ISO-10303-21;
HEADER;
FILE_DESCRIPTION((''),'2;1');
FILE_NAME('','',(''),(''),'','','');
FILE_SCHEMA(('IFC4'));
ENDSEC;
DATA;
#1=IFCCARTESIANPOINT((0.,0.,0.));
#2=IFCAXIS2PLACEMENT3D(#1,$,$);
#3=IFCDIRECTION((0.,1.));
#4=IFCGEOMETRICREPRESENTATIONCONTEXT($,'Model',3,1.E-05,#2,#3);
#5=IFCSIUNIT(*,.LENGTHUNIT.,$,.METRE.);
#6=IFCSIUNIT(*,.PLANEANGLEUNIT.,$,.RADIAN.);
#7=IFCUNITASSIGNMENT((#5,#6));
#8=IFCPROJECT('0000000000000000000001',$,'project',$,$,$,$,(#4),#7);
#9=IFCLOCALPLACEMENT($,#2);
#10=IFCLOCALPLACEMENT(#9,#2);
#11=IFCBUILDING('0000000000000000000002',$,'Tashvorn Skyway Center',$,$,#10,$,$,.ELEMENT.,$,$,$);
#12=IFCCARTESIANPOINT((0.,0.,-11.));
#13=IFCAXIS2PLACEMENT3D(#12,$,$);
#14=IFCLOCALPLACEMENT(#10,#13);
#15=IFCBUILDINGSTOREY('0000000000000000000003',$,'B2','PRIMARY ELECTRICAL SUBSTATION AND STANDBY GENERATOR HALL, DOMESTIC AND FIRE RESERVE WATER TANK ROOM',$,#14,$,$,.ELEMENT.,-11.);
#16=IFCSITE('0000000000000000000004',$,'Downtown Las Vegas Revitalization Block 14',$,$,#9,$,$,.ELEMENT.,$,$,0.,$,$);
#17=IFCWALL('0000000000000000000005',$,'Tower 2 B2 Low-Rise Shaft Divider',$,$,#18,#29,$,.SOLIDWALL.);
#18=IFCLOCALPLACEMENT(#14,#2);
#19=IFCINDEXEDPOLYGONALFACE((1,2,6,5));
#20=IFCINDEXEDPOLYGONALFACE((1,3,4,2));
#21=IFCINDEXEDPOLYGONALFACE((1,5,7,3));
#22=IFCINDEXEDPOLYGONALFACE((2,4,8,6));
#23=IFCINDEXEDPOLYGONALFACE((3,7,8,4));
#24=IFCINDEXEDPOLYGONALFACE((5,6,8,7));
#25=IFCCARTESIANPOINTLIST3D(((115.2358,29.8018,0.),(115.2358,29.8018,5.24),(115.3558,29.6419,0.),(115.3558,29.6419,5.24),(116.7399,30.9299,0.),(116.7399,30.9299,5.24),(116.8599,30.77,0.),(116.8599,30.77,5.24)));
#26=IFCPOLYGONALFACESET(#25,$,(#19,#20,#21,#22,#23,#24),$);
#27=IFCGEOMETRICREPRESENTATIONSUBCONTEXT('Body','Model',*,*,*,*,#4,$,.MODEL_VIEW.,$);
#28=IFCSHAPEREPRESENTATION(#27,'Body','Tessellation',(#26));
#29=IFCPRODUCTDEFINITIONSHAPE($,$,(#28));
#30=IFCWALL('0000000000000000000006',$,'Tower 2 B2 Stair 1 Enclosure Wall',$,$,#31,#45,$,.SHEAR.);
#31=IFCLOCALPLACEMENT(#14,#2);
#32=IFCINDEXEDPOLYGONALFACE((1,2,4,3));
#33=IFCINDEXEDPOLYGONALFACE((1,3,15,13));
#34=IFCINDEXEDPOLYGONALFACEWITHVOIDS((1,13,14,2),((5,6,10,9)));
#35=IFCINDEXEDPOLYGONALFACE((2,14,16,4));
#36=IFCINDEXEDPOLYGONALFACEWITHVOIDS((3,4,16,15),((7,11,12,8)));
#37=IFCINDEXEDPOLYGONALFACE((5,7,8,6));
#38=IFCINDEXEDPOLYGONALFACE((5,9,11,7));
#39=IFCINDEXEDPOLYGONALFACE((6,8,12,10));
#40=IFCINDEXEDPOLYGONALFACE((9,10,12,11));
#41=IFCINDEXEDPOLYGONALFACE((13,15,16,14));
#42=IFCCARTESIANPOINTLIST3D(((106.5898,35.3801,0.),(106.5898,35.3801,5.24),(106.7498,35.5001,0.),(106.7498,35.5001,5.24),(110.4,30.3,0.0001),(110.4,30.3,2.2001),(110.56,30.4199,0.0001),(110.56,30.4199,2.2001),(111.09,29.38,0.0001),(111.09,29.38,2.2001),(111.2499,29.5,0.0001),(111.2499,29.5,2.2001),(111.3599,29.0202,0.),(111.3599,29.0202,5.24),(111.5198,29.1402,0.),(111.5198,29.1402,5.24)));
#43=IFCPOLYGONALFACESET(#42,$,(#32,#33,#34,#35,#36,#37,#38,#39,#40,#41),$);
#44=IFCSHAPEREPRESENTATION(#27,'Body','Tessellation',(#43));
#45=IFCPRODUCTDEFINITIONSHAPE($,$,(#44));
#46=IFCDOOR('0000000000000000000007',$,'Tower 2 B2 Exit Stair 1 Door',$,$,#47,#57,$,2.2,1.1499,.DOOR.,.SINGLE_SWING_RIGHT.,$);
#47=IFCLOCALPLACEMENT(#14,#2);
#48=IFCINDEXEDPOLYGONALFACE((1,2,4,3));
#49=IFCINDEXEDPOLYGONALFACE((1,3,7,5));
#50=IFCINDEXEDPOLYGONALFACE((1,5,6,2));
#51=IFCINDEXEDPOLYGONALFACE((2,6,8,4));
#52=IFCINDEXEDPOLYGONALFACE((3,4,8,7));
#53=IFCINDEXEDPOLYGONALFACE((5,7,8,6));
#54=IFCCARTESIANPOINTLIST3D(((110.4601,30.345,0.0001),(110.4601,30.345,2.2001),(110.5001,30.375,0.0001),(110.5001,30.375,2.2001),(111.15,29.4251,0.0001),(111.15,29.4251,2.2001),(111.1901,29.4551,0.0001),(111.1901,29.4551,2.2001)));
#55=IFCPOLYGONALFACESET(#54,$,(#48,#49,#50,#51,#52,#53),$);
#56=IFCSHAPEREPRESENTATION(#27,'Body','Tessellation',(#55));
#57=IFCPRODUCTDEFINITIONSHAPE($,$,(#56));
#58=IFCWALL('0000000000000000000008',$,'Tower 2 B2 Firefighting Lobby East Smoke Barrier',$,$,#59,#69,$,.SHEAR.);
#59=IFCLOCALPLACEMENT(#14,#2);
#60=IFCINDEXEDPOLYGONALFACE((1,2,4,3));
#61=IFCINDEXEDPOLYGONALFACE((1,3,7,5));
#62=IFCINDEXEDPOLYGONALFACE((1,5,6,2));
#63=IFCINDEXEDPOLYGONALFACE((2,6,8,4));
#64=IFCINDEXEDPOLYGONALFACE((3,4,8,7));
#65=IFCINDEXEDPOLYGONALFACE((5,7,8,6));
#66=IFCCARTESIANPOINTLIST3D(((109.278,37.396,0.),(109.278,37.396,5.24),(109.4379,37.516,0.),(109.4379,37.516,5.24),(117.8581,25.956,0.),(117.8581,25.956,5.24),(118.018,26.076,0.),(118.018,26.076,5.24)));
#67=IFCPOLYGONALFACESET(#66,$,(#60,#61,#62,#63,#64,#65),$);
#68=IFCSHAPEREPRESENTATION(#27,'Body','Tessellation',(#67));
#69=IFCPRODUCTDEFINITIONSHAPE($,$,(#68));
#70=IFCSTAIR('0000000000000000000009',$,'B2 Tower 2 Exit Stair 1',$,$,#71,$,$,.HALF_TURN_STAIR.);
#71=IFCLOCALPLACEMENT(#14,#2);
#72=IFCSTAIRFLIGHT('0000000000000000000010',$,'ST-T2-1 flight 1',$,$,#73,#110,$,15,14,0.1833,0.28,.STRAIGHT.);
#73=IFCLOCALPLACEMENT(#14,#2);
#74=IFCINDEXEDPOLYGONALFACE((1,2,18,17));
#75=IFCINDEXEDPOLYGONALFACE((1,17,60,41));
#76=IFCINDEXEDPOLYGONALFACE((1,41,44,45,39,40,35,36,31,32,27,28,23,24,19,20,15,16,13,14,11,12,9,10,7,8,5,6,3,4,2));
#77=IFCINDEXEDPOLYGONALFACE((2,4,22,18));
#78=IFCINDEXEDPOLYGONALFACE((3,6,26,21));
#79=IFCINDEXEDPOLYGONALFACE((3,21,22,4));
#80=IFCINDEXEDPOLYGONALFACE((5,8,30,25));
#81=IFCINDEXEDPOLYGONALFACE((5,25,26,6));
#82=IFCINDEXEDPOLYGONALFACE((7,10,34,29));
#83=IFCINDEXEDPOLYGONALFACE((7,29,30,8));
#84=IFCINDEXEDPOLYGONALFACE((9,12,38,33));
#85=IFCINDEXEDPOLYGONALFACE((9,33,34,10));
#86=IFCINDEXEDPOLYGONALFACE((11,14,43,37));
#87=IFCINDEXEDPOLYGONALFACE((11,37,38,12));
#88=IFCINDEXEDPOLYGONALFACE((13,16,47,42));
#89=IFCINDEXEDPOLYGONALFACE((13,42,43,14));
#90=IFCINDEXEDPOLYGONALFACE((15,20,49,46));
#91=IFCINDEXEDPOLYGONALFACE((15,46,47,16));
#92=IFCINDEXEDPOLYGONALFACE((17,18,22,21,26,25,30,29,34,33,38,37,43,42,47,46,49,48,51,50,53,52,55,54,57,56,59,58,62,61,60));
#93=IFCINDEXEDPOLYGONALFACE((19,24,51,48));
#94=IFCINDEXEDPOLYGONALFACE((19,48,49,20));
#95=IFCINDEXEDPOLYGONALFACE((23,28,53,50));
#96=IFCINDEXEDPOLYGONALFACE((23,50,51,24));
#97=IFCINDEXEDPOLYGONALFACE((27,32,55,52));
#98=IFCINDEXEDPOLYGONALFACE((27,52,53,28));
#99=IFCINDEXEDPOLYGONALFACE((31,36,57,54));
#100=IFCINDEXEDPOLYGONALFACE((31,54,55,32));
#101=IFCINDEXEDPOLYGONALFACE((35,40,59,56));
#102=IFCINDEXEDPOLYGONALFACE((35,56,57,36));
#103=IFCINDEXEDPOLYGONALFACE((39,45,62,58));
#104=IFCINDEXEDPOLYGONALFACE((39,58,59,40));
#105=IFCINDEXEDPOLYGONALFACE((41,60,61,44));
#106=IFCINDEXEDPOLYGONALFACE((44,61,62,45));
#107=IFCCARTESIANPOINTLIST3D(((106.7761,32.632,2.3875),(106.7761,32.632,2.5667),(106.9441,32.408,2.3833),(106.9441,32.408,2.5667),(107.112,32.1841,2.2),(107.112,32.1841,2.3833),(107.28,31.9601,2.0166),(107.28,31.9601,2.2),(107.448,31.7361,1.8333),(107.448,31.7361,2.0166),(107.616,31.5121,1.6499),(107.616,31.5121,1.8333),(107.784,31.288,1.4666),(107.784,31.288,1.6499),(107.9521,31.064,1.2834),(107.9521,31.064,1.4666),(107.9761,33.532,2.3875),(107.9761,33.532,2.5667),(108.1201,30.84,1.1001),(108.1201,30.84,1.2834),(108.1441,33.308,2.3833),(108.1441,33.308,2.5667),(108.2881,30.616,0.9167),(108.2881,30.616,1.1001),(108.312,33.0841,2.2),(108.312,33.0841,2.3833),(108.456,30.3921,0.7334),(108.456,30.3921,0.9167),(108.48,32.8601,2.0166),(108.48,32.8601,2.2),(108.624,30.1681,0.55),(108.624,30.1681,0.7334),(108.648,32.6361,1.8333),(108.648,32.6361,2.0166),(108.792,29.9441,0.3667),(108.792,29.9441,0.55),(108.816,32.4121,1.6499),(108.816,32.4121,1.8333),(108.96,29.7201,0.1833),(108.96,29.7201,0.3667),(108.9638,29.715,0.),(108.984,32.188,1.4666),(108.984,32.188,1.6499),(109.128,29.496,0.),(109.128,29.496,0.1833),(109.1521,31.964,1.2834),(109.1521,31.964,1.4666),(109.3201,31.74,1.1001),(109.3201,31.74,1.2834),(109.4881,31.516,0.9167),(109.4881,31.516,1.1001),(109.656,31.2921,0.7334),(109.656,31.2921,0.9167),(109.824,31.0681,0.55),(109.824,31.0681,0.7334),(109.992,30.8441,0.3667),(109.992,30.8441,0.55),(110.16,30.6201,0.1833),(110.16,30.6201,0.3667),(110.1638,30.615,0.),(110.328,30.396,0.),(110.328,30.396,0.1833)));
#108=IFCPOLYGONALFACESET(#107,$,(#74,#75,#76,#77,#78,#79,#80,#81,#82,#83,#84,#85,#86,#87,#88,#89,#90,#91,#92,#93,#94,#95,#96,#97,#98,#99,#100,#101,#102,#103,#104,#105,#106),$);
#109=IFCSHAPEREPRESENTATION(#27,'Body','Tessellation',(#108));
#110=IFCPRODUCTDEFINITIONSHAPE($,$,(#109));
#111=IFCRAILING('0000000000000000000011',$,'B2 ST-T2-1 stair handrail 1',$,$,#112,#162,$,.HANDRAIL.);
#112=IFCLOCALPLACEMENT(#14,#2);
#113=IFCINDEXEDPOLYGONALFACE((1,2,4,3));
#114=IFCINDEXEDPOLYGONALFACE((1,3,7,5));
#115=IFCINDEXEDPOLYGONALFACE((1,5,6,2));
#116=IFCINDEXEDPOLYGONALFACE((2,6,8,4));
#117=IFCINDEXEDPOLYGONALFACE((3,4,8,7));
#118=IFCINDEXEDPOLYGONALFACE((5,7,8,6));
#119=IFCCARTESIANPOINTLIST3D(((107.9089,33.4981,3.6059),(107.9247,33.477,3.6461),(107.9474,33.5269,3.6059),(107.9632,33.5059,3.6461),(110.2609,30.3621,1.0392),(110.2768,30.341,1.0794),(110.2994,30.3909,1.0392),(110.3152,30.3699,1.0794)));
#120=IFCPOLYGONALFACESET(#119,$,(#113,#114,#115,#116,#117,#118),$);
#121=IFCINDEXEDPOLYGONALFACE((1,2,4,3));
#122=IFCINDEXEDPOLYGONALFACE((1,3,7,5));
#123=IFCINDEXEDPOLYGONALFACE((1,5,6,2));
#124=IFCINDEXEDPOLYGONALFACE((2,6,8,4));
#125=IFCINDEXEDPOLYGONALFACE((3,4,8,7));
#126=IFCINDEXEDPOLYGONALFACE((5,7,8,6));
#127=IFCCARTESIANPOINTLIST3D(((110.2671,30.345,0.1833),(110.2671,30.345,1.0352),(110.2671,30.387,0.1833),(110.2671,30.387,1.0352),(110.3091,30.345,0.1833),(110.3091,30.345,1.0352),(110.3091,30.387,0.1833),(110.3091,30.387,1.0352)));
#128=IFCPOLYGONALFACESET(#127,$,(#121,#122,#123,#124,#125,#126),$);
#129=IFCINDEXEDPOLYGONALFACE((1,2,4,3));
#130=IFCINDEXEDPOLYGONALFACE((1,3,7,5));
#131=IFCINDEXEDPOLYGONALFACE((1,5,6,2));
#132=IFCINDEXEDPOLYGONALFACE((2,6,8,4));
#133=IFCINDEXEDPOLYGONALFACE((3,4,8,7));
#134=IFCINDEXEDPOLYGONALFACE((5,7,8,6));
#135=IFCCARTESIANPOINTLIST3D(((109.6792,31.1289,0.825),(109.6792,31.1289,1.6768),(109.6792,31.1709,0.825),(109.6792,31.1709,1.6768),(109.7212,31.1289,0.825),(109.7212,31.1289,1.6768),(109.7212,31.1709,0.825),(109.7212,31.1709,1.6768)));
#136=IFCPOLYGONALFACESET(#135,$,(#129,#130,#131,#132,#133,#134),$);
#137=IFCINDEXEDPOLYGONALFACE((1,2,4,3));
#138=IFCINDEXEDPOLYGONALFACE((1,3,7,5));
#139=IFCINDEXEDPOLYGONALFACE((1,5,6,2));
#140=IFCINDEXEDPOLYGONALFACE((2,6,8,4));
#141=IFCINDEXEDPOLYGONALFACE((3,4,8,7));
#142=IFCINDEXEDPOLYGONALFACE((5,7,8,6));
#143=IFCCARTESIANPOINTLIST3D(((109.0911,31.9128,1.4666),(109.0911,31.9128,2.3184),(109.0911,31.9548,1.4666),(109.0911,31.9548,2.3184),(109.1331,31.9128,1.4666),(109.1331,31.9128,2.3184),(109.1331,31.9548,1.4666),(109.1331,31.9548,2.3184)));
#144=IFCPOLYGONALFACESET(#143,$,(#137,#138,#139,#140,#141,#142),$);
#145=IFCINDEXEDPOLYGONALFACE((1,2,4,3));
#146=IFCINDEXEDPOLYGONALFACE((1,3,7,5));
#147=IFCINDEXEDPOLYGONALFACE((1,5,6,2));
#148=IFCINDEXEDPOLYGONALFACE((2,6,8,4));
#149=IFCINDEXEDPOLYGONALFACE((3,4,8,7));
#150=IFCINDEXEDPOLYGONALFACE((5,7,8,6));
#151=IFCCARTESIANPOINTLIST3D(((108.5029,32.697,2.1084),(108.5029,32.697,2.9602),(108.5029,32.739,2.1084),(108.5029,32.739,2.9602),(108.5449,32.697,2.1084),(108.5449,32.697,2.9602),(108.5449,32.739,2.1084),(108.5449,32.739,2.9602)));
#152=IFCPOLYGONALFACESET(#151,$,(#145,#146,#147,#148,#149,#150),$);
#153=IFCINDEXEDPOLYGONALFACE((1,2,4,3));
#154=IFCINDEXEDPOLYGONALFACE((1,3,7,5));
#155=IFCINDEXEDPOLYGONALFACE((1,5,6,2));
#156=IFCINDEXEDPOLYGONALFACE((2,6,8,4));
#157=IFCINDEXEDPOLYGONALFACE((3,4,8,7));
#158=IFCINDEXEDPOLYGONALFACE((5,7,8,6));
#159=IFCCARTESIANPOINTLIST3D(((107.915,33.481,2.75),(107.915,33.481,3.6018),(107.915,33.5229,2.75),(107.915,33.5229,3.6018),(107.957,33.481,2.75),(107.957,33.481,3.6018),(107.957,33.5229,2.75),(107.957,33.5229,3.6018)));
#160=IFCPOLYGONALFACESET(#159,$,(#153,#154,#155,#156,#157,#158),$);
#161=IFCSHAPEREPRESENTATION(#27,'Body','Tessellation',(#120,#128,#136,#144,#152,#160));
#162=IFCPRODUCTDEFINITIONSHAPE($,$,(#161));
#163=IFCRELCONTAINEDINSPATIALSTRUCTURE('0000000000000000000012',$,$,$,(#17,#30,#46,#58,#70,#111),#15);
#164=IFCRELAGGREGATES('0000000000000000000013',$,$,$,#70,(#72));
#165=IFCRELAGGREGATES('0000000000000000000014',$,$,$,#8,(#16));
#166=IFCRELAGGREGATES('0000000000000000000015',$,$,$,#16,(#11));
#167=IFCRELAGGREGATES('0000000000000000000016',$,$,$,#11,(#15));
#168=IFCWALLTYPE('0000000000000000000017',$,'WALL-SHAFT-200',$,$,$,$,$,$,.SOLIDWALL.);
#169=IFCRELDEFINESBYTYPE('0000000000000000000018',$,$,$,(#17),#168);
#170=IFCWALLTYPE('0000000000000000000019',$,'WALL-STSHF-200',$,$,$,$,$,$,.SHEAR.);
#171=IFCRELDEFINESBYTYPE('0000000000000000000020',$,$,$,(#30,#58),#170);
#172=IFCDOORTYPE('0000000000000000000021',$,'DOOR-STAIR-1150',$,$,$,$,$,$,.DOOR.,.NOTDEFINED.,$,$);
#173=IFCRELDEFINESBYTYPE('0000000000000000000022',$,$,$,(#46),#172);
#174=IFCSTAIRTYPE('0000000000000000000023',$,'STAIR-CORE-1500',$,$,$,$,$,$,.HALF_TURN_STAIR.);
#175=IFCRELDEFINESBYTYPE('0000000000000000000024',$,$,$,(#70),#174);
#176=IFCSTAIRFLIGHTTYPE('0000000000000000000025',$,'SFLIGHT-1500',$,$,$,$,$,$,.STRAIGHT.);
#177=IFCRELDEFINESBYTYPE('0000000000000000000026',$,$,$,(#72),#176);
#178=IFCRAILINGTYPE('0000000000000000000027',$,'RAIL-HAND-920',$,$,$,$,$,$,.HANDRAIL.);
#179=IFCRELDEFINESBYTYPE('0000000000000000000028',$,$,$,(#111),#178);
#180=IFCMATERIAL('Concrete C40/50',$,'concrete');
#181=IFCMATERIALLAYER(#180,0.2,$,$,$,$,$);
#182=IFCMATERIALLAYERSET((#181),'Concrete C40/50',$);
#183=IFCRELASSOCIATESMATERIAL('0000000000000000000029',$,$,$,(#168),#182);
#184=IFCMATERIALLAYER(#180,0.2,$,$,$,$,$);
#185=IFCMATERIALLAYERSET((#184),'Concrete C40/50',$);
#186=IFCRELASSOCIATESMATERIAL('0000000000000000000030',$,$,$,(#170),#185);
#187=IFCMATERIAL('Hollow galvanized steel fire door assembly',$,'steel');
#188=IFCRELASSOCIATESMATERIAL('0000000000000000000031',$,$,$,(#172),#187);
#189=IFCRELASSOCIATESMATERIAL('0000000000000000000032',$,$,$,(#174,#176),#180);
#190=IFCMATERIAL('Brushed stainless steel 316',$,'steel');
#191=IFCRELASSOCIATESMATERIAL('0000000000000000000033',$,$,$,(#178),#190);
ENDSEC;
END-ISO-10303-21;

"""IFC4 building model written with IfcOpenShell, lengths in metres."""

from ifc_helpers import new_model, si_unit, direction, frame, frame_2d, origin, origin_2d, place, context, subcontext, project, spatial, polyline, rectangle, outline, extrude, material, layer, layer_set, type_object, element, fill, aggregate, save


model = new_model("IFC4")

# Units and contexts
model_context = context("Model", 3, precision=1e-05, world=origin(), true_north=direction((0.0, 1.0)))
body_context = subcontext(model_context, "Body", "Model", "MODEL_VIEW")
ifc_project = project(units=[si_unit("LENGTHUNIT", "METRE"), si_unit("PLANEANGLEUNIT", "RADIAN")], contexts=[model_context])

# Site, building, storey
site_placement = place(None, origin())
site = spatial("IfcSite", under=ifc_project, at=site_placement, Name="Downtown Las Vegas Revitalization Block 14", CompositionType="ELEMENT", RefElevation=0.0)
building_placement = place(site_placement, origin())
building = spatial("IfcBuilding", under=site, at=building_placement, Name="Tashvorn Skyway Center", CompositionType="ELEMENT")
storey_placement = place(building_placement, frame((0.0, 0.0, -11.0)))
storey = spatial("IfcBuildingStorey", under=building, at=storey_placement, Name="B2", Description="PRIMARY ELECTRICAL SUBSTATION AND STANDBY GENERATOR HALL, DOMESTIC AND FIRE RESERVE WATER TANK ROOM", CompositionType="ELEMENT", Elevation=-11.0)

# Shared definitions
ifc_material_1 = material(Name="Concrete C40/50", Category="concrete")
ifc_material_2 = material(Name="Hollow galvanized steel fire door assembly", Category="steel")

# Wall
ifc_layer_1 = layer(ifc_material_1, 0.2)
ifc_layer_set_1 = layer_set([ifc_layer_1], Name="Concrete C40/50")
wall_type_1 = type_object("IfcWallType", Name="WALL-SHAFT-200", PredefinedType="SOLIDWALL", material=ifc_layer_set_1)
wall_1_placement = place(storey_placement, frame((115.2959, 29.7219, 0.0), z_axis=(0.0, 0.0, 1.0), x_axis=(0.799984, 0.600021, 0.0)))
element("IfcWall", 1, at=wall_1_placement, inside=storey, type_object=wall_type_1, Name="Tower 2 B2 Low-Rise Shaft Divider", PredefinedType="SOLIDWALL", context=body_context, shape_type="SweptSolid", body=[
    extrude(rectangle(XDim=1.8801, YDim=0.2, at=frame_2d((0.9399, 0.0))), origin(), (0.0, 0.0, 1.0), 5.24),
])

# Wall, opening, door
ifc_layer_2 = layer(ifc_material_1, 0.2)
ifc_layer_set_2 = layer_set([ifc_layer_2], Name="Concrete C40/50")
wall_type_2 = type_object("IfcWallType", Name="WALL-STSHF-200", PredefinedType="SHEAR", material=ifc_layer_set_2)
wall_2_placement = place(storey_placement, frame((111.4399, 29.0801, 0.0), z_axis=(0.0, 0.0, 1.0), x_axis=(-0.60001, 0.799993, 0.0)))
wall_2 = element("IfcWall", 2, at=wall_2_placement, inside=storey, type_object=wall_type_2, Name="Tower 2 B2 Stair 1 Enclosure Wall", PredefinedType="SHEAR", context=body_context, shape_type="SweptSolid", body=[
    extrude(rectangle(XDim=7.95, YDim=0.2, at=frame_2d((3.9751, 0.0))), origin(), (0.0, 0.0, 1.0), 5.24),
])
opening_1_placement = place(wall_2_placement, frame((0.45, 0.0, 0.0)))
opening_1 = element("IfcOpeningElement", 3, at=opening_1_placement, cuts=wall_2, PredefinedType="OPENING", context=body_context, shape_type="SweptSolid", body=[
    extrude(rectangle(XDim=1.1499, YDim=2.2, at=frame_2d((0.575, 1.1001))), frame((0.0, 0.1099, 0.0), z_axis=(0.0, -1.0, 0.0), x_axis=(1.0, 0.0, 0.0)), (0.0, 0.0, 1.0), 0.22),
])
door_type_1 = type_object("IfcDoorType", Name="DOOR-STAIR-1150", OperationType="NOTDEFINED", PredefinedType="DOOR", material=ifc_material_2)
door_1_placement = place(opening_1_placement, origin())
door_1 = element("IfcDoor", 4, at=door_1_placement, inside=storey, type_object=door_type_1, Name="Tower 2 B2 Exit Stair 1 Door", OperationType="SINGLE_SWING_RIGHT", OverallHeight=2.2, OverallWidth=1.1499, PredefinedType="DOOR", context=body_context, shape_type="SweptSolid", body=[
    extrude(rectangle(XDim=1.1499, YDim=2.2, at=frame_2d((0.575, 1.1001))), frame((0.0, 0.0249, 0.0), z_axis=(0.0, -1.0, 0.0), x_axis=(1.0, 0.0, 0.0)), (0.0, 0.0, 1.0), 0.05),
])
fill(opening_1, door_1)

# Wall
wall_3_placement = place(storey_placement, frame((117.938, 26.0161, 0.0), z_axis=(0.0, 0.0, 1.0), x_axis=(-0.600005, 0.799996, 0.0)))
element("IfcWall", 5, at=wall_3_placement, inside=storey, type_object=wall_type_2, Name="Tower 2 B2 Firefighting Lobby East Smoke Barrier", PredefinedType="SHEAR", context=body_context, shape_type="SweptSolid", body=[
    extrude(rectangle(XDim=14.3, YDim=0.2, at=frame_2d((7.1499, 0.0))), origin(), (0.0, 0.0, 1.0), 5.24),
])

# Stair, stair flight
stair_type = type_object("IfcStairType", Name="STAIR-CORE-1500", PredefinedType="HALF_TURN_STAIR", material=ifc_material_1)
stair_placement = place(storey_placement, origin())
stair = element("IfcStair", 6, at=stair_placement, inside=storey, type_object=stair_type, Name="B2 Tower 2 Exit Stair 1", PredefinedType="HALF_TURN_STAIR")
stair_flight_type = type_object("IfcStairFlightType", Name="SFLIGHT-1500", PredefinedType="STRAIGHT", material=ifc_material_1)
stair_flight_placement = place(storey_placement, frame((109.728, 29.946, 0.0), z_axis=(0.0, 0.0, 1.0), x_axis=(-0.6, 0.8, 0.0)))
stair_flight = element("IfcStairFlight", 7, at=stair_flight_placement, type_object=stair_flight_type, Name="ST-T2-1 flight 1", NumberOfRisers=15, NumberOfTreads=14, PredefinedType="STRAIGHT", RiserHeight=0.1833, TreadLength=0.28, context=body_context, shape_type="SweptSolid", body=[
    extrude(outline(polyline([(0.0, 0.0), (0.0, 0.1833), (0.28, 0.1833), (0.28, 0.3667), (0.5601, 0.3667), (0.5601, 0.55), (0.8401, 0.55), (0.8401, 0.7334), (1.1201, 0.7334), (1.1201, 0.9167), (1.3999, 0.9167), (1.3999, 1.1001), (1.6799, 1.1001), (1.6799, 1.2834), (1.96, 1.2834), (1.96, 1.4666), (2.24, 1.4666), (2.24, 1.6499), (2.52, 1.6499), (2.52, 1.8333), (2.8, 1.8333), (2.8, 2.0166), (3.0801, 2.0166), (3.0801, 2.2), (3.3601, 2.2), (3.3601, 2.3833), (3.6399, 2.3833), (3.6399, 2.5667), (3.9199, 2.5667), (3.9199, 2.75), (3.9199, 2.3875), (0.2737, 0.0), (0.0, 0.0)])), frame((0.0, 0.75, 0.0), z_axis=(0.0, -1.0, 0.0), x_axis=(1.0, 0.0, 0.0)), (0.0, 0.0, 1.0), 1.5),
])
aggregate(stair, [stair_flight])

# Railing
ifc_material_3 = material(Name="Brushed stainless steel 316", Category="steel")
railing_type_1 = type_object("IfcRailingType", Name="RAIL-HAND-920", PredefinedType="HANDRAIL", material=ifc_material_3)
railing_1_placement = place(storey_placement, frame((110.2881, 30.366, 0.1833)))
element("IfcRailing", 8, at=railing_1_placement, inside=storey, type_object=railing_type_1, Name="B2 ST-T2-1 stair handrail 1", PredefinedType="HANDRAIL", context=body_context, shape_type="SweptSolid", body=[
    extrude(rectangle(XDim=0.0481, YDim=0.0481, at=origin_2d()), frame((0.0, 0.0, 0.876), z_axis=(-0.501981, 0.669291, 0.547782), x_axis=(-0.799993, -0.60001, 0.0)), (0.0, 0.0, 1.0), 4.6855),
    extrude(rectangle(XDim=0.042, YDim=0.042, at=origin_2d()), origin(), (0.0, 0.0, 1.0), 0.8518),
    extrude(rectangle(XDim=0.042, YDim=0.042, at=origin_2d()), frame((-0.5879, 0.7839, 0.6416)), (0.0, 0.0, 1.0), 0.8518),
    extrude(rectangle(XDim=0.042, YDim=0.042, at=origin_2d()), frame((-1.176, 1.5679, 1.2832)), (0.0, 0.0, 1.0), 0.8518),
    extrude(rectangle(XDim=0.042, YDim=0.042, at=origin_2d()), frame((-1.7642, 2.3521, 1.925)), (0.0, 0.0, 1.0), 0.8518),
    extrude(rectangle(XDim=0.042, YDim=0.042, at=origin_2d()), frame((-2.3521, 3.136, 2.5667)), (0.0, 0.0, 1.0), 0.8518),
])

save(model, "model.ifc")
